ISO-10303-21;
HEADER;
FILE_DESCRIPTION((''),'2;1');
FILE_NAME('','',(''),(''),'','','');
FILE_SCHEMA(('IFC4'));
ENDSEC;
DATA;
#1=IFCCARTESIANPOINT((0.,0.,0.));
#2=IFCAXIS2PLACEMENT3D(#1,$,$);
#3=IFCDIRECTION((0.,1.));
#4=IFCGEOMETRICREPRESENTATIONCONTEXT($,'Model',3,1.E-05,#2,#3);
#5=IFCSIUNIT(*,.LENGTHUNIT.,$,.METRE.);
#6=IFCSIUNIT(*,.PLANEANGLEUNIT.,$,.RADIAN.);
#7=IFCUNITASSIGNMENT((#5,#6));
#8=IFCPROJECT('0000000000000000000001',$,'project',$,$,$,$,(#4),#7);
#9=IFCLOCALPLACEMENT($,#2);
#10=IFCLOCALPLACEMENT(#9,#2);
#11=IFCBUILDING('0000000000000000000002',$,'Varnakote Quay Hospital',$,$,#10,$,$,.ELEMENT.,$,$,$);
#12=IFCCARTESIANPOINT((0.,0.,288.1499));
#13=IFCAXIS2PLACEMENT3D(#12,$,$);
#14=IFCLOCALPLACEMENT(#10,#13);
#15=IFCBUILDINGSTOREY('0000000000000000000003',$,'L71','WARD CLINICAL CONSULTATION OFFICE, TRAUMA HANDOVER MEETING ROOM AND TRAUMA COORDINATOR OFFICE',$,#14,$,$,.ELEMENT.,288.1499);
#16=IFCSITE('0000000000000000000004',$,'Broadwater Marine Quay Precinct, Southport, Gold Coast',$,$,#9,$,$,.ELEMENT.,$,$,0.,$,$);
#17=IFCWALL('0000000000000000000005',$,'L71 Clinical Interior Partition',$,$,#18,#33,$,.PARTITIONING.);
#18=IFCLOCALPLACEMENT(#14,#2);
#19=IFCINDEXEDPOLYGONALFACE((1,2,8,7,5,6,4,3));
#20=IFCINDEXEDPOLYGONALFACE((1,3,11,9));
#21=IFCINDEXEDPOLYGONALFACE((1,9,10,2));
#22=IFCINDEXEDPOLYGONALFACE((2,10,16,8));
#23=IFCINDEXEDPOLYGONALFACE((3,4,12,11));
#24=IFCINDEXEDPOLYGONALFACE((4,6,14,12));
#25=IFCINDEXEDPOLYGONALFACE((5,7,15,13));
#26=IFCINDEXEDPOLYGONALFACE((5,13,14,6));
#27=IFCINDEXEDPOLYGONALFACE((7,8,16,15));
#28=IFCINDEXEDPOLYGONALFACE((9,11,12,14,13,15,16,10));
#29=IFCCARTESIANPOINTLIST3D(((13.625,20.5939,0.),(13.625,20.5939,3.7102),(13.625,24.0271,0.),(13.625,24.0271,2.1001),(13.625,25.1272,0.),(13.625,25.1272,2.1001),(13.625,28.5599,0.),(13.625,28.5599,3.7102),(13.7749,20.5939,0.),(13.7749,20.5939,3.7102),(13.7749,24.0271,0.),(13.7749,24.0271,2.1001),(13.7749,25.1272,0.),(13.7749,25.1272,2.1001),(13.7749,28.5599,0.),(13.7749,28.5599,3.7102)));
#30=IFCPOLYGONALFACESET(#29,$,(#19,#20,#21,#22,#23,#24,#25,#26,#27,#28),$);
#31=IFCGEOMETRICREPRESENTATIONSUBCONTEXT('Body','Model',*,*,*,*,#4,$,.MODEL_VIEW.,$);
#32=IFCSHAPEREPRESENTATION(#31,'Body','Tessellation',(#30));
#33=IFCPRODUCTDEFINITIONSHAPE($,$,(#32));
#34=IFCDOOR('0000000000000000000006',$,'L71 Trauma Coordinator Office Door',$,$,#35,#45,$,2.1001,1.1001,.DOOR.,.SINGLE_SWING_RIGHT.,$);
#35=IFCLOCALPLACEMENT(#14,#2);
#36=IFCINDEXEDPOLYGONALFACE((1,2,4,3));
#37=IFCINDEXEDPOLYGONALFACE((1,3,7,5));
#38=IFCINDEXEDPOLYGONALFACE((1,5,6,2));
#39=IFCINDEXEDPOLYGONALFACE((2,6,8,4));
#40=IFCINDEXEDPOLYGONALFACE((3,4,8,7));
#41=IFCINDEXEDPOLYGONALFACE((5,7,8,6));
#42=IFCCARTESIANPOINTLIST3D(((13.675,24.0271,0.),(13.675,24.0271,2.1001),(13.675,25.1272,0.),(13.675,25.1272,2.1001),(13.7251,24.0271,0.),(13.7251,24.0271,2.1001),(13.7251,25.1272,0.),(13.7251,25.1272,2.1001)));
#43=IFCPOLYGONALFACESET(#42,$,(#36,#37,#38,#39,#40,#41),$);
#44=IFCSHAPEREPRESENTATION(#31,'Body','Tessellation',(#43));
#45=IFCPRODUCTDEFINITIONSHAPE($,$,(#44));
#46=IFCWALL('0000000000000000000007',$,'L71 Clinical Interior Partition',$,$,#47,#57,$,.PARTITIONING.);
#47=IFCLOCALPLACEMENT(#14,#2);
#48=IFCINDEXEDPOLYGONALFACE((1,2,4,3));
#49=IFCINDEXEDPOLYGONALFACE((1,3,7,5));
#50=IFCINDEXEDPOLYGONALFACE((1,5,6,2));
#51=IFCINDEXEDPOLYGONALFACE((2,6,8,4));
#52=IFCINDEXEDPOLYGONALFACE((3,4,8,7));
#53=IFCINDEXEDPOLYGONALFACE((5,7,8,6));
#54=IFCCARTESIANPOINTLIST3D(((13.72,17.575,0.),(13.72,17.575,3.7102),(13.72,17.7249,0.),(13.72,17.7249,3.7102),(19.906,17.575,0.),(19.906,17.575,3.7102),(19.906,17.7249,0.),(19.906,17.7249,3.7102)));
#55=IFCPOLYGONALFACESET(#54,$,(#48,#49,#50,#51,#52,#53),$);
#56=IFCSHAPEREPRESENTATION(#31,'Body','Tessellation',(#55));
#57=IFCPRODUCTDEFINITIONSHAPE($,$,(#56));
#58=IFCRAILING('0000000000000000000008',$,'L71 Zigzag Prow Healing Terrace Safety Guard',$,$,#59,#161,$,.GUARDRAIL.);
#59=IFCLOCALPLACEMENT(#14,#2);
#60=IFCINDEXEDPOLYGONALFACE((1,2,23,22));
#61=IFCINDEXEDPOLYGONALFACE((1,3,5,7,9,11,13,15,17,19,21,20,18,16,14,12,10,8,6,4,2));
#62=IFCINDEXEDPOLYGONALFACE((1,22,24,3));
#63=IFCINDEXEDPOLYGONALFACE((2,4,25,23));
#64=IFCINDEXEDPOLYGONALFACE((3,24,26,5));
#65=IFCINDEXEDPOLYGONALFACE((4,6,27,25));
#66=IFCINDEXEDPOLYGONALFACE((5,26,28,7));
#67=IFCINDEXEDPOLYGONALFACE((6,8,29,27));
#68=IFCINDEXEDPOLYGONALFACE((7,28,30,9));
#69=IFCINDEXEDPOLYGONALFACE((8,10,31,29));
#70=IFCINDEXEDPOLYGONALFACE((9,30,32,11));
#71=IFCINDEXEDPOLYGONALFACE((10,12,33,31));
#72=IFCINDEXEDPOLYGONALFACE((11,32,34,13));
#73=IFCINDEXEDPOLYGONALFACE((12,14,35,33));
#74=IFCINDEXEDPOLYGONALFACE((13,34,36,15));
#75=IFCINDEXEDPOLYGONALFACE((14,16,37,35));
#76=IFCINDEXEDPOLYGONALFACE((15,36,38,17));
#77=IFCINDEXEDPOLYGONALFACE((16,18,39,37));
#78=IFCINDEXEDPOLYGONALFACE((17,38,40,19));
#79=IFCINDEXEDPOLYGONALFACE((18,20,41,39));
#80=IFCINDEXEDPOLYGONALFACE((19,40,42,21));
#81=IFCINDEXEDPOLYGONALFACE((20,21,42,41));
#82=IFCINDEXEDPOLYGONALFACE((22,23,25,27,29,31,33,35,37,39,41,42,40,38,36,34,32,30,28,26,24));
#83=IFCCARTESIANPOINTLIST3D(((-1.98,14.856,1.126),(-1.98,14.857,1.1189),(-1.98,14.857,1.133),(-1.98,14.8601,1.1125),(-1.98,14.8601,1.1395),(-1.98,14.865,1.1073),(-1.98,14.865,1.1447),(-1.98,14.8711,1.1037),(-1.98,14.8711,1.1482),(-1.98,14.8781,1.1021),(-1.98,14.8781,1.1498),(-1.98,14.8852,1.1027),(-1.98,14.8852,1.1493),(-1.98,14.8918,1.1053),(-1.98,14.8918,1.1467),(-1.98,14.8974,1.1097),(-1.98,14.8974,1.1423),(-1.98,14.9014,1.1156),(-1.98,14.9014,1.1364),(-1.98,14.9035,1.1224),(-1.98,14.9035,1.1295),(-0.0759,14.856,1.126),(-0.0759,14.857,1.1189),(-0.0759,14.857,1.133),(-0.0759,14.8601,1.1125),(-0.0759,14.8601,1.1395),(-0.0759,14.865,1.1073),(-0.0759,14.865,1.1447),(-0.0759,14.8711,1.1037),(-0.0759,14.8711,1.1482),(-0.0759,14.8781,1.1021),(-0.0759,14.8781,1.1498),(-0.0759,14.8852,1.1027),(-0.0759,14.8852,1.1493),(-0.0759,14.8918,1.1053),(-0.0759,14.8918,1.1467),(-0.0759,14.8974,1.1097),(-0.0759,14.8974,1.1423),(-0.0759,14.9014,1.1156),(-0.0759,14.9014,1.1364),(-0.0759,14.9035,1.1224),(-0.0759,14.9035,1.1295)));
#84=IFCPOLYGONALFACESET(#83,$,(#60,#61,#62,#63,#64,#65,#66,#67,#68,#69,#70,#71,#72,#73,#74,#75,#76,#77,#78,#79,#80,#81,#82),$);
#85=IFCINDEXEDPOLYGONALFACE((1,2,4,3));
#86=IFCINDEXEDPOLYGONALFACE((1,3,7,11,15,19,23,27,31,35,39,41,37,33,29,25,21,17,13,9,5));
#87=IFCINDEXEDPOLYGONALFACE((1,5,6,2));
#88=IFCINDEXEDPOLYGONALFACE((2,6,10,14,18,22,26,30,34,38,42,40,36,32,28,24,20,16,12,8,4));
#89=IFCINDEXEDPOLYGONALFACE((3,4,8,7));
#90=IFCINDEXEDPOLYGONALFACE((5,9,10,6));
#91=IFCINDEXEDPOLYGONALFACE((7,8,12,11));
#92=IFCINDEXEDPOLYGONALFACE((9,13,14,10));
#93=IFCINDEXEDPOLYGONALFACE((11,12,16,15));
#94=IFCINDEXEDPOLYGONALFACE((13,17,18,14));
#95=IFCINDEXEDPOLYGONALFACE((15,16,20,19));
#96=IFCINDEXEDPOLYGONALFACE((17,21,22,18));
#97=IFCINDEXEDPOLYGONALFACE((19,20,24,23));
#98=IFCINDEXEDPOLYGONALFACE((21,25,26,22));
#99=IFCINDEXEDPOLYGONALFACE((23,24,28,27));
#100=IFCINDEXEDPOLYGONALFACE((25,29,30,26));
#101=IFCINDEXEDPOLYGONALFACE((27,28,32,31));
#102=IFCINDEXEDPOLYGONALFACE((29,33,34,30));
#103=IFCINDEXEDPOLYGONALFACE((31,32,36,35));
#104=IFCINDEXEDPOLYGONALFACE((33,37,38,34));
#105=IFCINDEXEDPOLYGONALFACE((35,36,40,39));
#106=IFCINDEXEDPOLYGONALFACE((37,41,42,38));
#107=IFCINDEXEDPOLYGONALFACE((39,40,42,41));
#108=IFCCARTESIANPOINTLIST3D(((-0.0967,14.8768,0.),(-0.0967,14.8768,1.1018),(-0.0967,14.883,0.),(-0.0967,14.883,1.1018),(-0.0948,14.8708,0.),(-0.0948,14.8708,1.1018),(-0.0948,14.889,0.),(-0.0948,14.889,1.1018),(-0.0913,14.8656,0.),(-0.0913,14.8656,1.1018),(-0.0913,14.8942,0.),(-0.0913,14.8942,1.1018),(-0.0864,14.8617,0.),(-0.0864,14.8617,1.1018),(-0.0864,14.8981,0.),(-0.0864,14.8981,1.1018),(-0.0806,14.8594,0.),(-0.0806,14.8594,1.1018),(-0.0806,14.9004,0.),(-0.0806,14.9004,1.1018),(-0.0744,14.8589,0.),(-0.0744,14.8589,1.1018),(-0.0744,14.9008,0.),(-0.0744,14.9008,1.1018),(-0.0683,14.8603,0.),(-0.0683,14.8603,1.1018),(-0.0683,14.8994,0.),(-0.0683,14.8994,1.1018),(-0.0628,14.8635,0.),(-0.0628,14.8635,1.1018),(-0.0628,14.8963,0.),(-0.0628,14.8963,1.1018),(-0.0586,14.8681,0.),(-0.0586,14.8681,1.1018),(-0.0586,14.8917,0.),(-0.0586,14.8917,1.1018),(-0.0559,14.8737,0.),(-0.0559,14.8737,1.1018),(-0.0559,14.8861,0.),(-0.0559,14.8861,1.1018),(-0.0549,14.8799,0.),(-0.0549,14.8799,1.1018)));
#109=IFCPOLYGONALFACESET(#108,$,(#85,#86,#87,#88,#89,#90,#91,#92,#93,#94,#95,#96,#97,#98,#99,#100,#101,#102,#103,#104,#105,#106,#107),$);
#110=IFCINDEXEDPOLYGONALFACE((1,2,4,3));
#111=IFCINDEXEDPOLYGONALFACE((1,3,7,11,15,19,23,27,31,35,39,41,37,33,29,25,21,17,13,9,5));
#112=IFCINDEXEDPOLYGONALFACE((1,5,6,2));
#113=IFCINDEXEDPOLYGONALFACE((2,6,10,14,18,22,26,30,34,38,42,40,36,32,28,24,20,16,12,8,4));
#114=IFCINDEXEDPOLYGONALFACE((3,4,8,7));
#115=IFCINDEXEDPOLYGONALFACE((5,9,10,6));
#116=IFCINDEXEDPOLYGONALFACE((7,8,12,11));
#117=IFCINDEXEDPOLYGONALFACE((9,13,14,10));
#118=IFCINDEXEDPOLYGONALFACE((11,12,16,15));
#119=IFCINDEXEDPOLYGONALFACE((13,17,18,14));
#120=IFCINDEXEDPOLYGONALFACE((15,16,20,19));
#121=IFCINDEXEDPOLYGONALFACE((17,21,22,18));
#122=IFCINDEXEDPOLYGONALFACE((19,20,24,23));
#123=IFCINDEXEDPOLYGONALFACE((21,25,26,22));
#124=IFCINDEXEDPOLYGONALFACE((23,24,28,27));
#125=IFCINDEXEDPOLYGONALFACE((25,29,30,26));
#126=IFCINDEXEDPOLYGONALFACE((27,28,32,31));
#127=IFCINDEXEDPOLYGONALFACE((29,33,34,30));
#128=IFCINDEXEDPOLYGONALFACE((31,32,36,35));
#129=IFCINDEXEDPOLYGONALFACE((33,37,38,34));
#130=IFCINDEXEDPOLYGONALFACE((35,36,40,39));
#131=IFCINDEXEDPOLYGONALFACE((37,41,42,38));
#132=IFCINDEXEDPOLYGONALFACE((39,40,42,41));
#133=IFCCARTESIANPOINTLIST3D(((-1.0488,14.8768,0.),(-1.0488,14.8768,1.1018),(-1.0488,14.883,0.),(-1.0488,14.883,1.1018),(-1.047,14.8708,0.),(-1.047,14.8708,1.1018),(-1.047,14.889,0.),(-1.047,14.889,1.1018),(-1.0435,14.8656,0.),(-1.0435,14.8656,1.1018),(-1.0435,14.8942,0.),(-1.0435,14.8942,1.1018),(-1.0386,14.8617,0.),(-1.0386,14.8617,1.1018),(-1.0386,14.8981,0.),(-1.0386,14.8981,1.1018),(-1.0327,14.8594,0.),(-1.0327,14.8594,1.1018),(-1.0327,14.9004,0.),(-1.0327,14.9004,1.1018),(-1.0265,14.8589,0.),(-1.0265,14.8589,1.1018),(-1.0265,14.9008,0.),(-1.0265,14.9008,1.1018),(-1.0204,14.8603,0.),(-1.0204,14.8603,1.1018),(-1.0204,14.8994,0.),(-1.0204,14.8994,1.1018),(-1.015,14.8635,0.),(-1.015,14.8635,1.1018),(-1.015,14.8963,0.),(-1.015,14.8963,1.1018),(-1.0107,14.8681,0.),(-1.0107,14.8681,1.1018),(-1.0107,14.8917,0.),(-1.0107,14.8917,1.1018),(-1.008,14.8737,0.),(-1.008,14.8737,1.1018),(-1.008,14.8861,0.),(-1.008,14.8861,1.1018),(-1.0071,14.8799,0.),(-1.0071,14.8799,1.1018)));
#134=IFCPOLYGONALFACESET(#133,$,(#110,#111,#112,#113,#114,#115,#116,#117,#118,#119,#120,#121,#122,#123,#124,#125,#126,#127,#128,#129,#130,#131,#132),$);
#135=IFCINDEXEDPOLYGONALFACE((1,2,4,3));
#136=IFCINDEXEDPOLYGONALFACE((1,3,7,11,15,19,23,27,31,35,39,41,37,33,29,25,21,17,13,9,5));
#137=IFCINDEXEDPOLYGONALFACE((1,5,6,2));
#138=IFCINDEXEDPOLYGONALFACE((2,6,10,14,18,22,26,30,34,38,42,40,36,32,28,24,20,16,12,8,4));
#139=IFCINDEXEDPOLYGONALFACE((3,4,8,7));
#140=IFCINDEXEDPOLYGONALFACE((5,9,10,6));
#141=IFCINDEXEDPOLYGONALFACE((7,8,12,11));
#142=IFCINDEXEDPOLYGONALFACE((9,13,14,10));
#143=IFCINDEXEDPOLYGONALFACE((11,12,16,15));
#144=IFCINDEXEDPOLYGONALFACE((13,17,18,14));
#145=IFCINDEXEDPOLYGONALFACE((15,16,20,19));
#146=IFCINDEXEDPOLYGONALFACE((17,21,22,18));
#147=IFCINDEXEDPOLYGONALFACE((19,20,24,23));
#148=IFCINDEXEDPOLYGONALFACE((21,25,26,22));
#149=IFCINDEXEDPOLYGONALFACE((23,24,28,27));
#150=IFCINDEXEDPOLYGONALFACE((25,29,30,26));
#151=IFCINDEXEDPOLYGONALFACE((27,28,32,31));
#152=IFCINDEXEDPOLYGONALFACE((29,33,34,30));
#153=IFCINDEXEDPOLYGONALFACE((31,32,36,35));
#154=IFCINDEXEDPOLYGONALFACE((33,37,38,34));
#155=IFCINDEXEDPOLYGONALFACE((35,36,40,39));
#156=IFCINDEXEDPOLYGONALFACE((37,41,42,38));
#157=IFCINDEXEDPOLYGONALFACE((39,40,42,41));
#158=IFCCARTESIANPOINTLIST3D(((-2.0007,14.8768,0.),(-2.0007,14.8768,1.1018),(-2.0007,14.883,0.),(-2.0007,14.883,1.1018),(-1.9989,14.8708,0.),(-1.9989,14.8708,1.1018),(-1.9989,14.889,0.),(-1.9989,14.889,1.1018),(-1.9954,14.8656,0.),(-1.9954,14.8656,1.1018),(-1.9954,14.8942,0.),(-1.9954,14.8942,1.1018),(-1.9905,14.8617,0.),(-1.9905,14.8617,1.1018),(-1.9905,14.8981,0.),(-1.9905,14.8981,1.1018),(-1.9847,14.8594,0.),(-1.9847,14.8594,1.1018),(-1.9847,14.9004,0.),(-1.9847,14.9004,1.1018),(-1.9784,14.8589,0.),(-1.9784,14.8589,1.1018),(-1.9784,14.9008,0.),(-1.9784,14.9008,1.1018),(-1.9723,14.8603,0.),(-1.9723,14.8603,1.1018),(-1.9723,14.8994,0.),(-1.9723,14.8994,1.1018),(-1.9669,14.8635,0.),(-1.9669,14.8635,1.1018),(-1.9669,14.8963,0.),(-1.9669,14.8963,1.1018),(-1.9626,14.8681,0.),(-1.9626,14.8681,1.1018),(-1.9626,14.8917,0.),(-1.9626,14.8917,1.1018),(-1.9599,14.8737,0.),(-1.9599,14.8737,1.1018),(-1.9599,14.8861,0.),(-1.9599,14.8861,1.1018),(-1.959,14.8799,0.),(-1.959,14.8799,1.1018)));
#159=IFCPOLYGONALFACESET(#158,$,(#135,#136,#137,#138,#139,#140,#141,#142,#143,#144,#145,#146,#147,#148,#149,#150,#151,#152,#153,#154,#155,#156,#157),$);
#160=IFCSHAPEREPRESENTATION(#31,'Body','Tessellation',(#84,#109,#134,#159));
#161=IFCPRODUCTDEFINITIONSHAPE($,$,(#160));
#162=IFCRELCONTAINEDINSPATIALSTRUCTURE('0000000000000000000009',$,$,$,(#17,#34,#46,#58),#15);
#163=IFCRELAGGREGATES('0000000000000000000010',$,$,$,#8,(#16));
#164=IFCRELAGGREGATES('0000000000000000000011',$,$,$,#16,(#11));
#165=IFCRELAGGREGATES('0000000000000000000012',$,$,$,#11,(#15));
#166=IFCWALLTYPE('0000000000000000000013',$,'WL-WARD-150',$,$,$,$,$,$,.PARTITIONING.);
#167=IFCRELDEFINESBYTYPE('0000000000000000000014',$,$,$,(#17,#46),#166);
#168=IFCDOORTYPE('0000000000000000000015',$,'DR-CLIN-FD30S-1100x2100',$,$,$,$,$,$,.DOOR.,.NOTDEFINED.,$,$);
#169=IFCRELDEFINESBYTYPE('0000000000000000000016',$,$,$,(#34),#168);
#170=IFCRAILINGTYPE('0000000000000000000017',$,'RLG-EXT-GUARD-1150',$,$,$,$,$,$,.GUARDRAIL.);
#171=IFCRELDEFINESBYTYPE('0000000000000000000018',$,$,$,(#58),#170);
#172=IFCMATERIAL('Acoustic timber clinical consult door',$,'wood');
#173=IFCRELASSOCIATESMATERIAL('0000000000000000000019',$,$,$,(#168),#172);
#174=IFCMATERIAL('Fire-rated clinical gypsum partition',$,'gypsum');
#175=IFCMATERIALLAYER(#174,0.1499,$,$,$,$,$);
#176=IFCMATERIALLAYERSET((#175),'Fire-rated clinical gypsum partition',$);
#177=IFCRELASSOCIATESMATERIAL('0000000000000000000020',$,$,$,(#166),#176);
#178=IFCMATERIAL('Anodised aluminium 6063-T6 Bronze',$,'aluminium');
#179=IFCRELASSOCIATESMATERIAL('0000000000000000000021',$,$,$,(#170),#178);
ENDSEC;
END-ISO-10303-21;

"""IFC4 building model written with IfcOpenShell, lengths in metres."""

from ifc_helpers import new_model, si_unit, direction, frame, frame_2d, origin, origin_2d, place, context, subcontext, project, spatial, rectangle, circle, extrude, material, layer, layer_set, type_object, element, fill, save


model = new_model("IFC4")

# Units and contexts
model_context = context("Model", 3, precision=1e-05, world=origin(), true_north=direction((0.0, 1.0)))
body_context = subcontext(model_context, "Body", "Model", "MODEL_VIEW")
ifc_project = project(units=[si_unit("LENGTHUNIT", "METRE"), si_unit("PLANEANGLEUNIT", "RADIAN")], contexts=[model_context])

# Site, building, storey
site_placement = place(None, origin())
site = spatial("IfcSite", under=ifc_project, at=site_placement, Name="Broadwater Marine Quay Precinct, Southport, Gold Coast", CompositionType="ELEMENT", RefElevation=0.0)
building_placement = place(site_placement, origin())
building = spatial("IfcBuilding", under=site, at=building_placement, Name="Varnakote Quay Hospital", CompositionType="ELEMENT")
storey_placement = place(building_placement, frame((0.0, 0.0, 288.1499)))
storey = spatial("IfcBuildingStorey", under=building, at=storey_placement, Name="L71", Description="WARD CLINICAL CONSULTATION OFFICE, TRAUMA HANDOVER MEETING ROOM AND TRAUMA COORDINATOR OFFICE", CompositionType="ELEMENT", Elevation=288.1499)

# Shared definitions
ifc_material_1 = material(Name="Acoustic timber clinical consult door", Category="wood")
door_type_1 = type_object("IfcDoorType", Name="DR-CLIN-FD30S-1100x2100", OperationType="NOTDEFINED", PredefinedType="DOOR", material=ifc_material_1)

# Shared definitions
ifc_material_2 = material(Name="Fire-rated clinical gypsum partition", Category="gypsum")
ifc_layer_1 = layer(ifc_material_2, 0.1499)
ifc_layer_set_1 = layer_set([ifc_layer_1], Name="Fire-rated clinical gypsum partition")
wall_type_1 = type_object("IfcWallType", Name="WL-WARD-150", PredefinedType="PARTITIONING", material=ifc_layer_set_1)

# Wall, opening, door
wall_1_placement = place(storey_placement, frame((13.7, 20.594, 0.0), z_axis=(0.0, 0.0, 1.0), x_axis=(0.0, 1.0, 0.0)))
wall_1 = element("IfcWall", 1, at=wall_1_placement, inside=storey, type_object=wall_type_1, Name="L71 Clinical Interior Partition", PredefinedType="PARTITIONING", context=body_context, shape_type="SweptSolid", body=[
    extrude(rectangle(XDim=7.9661, YDim=0.1499, at=frame_2d((3.9829, 0.0))), origin(), (0.0, 0.0, 1.0), 3.7102),
])
opening_1_placement = place(wall_1_placement, frame((3.4331, 0.0, 0.0)))
opening_1 = element("IfcOpeningElement", 2, at=opening_1_placement, cuts=wall_1, PredefinedType="OPENING", context=body_context, shape_type="SweptSolid", body=[
    extrude(rectangle(XDim=1.1001, YDim=2.1001, at=frame_2d((0.55, 1.05))), frame((0.0, 0.085, 0.0), z_axis=(0.0, -1.0, 0.0), x_axis=(1.0, 0.0, 0.0)), (0.0, 0.0, 1.0), 0.1699),
])
door_1_placement = place(opening_1_placement, origin())
door_1 = element("IfcDoor", 3, at=door_1_placement, inside=storey, type_object=door_type_1, Name="L71 Trauma Coordinator Office Door", OperationType="SINGLE_SWING_RIGHT", OverallHeight=2.1001, OverallWidth=1.1001, PredefinedType="DOOR", context=body_context, shape_type="SweptSolid", body=[
    extrude(rectangle(XDim=1.1001, YDim=2.1001, at=frame_2d((0.55, 1.05))), frame((0.0, 0.0249, 0.0), z_axis=(0.0, -1.0, 0.0), x_axis=(1.0, 0.0, 0.0)), (0.0, 0.0, 1.0), 0.05),
])
fill(opening_1, door_1)

# Wall
wall_2_placement = place(storey_placement, frame((13.72, 17.6499, 0.0), z_axis=(0.0, 0.0, 1.0), x_axis=(1.0, 0.0, 0.0)))
element("IfcWall", 4, at=wall_2_placement, inside=storey, type_object=wall_type_1, Name="L71 Clinical Interior Partition", PredefinedType="PARTITIONING", context=body_context, shape_type="SweptSolid", body=[
    extrude(rectangle(XDim=6.186, YDim=0.1499, at=frame_2d((3.093, 0.0))), origin(), (0.0, 0.0, 1.0), 3.7102),
])

# Railing
ifc_material_3 = material(Name="Anodised aluminium 6063-T6 Bronze", Category="aluminium")
railing_type = type_object("IfcRailingType", Name="RLG-EXT-GUARD-1150", PredefinedType="GUARDRAIL", material=ifc_material_3)
railing_1_placement = place(storey_placement, frame((-0.0759, 14.8799, 0.0)))
element("IfcRailing", 5, at=railing_1_placement, inside=storey, type_object=railing_type, Name="L71 Zigzag Prow Healing Terrace Safety Guard", PredefinedType="GUARDRAIL", context=body_context, shape_type="SweptSolid", body=[
    extrude(circle(Radius=0.0239, at=origin_2d()), frame((0.0, 0.0, 1.126), z_axis=(-1.0, 0.0, 0.0), x_axis=(0.0, -1.0, 0.0)), (0.0, 0.0, 1.0), 1.9041),
    extrude(circle(Radius=0.021, at=origin_2d()), origin(), (0.0, 0.0, 1.0), 1.1018),
    extrude(circle(Radius=0.021, at=origin_2d()), frame((-0.9521, 0.0, 0.0)), (0.0, 0.0, 1.0), 1.1018),
    extrude(circle(Radius=0.021, at=origin_2d()), frame((-1.9041, 0.0, 0.0)), (0.0, 0.0, 1.0), 1.1018),
])

save(model, "model.ifc")
